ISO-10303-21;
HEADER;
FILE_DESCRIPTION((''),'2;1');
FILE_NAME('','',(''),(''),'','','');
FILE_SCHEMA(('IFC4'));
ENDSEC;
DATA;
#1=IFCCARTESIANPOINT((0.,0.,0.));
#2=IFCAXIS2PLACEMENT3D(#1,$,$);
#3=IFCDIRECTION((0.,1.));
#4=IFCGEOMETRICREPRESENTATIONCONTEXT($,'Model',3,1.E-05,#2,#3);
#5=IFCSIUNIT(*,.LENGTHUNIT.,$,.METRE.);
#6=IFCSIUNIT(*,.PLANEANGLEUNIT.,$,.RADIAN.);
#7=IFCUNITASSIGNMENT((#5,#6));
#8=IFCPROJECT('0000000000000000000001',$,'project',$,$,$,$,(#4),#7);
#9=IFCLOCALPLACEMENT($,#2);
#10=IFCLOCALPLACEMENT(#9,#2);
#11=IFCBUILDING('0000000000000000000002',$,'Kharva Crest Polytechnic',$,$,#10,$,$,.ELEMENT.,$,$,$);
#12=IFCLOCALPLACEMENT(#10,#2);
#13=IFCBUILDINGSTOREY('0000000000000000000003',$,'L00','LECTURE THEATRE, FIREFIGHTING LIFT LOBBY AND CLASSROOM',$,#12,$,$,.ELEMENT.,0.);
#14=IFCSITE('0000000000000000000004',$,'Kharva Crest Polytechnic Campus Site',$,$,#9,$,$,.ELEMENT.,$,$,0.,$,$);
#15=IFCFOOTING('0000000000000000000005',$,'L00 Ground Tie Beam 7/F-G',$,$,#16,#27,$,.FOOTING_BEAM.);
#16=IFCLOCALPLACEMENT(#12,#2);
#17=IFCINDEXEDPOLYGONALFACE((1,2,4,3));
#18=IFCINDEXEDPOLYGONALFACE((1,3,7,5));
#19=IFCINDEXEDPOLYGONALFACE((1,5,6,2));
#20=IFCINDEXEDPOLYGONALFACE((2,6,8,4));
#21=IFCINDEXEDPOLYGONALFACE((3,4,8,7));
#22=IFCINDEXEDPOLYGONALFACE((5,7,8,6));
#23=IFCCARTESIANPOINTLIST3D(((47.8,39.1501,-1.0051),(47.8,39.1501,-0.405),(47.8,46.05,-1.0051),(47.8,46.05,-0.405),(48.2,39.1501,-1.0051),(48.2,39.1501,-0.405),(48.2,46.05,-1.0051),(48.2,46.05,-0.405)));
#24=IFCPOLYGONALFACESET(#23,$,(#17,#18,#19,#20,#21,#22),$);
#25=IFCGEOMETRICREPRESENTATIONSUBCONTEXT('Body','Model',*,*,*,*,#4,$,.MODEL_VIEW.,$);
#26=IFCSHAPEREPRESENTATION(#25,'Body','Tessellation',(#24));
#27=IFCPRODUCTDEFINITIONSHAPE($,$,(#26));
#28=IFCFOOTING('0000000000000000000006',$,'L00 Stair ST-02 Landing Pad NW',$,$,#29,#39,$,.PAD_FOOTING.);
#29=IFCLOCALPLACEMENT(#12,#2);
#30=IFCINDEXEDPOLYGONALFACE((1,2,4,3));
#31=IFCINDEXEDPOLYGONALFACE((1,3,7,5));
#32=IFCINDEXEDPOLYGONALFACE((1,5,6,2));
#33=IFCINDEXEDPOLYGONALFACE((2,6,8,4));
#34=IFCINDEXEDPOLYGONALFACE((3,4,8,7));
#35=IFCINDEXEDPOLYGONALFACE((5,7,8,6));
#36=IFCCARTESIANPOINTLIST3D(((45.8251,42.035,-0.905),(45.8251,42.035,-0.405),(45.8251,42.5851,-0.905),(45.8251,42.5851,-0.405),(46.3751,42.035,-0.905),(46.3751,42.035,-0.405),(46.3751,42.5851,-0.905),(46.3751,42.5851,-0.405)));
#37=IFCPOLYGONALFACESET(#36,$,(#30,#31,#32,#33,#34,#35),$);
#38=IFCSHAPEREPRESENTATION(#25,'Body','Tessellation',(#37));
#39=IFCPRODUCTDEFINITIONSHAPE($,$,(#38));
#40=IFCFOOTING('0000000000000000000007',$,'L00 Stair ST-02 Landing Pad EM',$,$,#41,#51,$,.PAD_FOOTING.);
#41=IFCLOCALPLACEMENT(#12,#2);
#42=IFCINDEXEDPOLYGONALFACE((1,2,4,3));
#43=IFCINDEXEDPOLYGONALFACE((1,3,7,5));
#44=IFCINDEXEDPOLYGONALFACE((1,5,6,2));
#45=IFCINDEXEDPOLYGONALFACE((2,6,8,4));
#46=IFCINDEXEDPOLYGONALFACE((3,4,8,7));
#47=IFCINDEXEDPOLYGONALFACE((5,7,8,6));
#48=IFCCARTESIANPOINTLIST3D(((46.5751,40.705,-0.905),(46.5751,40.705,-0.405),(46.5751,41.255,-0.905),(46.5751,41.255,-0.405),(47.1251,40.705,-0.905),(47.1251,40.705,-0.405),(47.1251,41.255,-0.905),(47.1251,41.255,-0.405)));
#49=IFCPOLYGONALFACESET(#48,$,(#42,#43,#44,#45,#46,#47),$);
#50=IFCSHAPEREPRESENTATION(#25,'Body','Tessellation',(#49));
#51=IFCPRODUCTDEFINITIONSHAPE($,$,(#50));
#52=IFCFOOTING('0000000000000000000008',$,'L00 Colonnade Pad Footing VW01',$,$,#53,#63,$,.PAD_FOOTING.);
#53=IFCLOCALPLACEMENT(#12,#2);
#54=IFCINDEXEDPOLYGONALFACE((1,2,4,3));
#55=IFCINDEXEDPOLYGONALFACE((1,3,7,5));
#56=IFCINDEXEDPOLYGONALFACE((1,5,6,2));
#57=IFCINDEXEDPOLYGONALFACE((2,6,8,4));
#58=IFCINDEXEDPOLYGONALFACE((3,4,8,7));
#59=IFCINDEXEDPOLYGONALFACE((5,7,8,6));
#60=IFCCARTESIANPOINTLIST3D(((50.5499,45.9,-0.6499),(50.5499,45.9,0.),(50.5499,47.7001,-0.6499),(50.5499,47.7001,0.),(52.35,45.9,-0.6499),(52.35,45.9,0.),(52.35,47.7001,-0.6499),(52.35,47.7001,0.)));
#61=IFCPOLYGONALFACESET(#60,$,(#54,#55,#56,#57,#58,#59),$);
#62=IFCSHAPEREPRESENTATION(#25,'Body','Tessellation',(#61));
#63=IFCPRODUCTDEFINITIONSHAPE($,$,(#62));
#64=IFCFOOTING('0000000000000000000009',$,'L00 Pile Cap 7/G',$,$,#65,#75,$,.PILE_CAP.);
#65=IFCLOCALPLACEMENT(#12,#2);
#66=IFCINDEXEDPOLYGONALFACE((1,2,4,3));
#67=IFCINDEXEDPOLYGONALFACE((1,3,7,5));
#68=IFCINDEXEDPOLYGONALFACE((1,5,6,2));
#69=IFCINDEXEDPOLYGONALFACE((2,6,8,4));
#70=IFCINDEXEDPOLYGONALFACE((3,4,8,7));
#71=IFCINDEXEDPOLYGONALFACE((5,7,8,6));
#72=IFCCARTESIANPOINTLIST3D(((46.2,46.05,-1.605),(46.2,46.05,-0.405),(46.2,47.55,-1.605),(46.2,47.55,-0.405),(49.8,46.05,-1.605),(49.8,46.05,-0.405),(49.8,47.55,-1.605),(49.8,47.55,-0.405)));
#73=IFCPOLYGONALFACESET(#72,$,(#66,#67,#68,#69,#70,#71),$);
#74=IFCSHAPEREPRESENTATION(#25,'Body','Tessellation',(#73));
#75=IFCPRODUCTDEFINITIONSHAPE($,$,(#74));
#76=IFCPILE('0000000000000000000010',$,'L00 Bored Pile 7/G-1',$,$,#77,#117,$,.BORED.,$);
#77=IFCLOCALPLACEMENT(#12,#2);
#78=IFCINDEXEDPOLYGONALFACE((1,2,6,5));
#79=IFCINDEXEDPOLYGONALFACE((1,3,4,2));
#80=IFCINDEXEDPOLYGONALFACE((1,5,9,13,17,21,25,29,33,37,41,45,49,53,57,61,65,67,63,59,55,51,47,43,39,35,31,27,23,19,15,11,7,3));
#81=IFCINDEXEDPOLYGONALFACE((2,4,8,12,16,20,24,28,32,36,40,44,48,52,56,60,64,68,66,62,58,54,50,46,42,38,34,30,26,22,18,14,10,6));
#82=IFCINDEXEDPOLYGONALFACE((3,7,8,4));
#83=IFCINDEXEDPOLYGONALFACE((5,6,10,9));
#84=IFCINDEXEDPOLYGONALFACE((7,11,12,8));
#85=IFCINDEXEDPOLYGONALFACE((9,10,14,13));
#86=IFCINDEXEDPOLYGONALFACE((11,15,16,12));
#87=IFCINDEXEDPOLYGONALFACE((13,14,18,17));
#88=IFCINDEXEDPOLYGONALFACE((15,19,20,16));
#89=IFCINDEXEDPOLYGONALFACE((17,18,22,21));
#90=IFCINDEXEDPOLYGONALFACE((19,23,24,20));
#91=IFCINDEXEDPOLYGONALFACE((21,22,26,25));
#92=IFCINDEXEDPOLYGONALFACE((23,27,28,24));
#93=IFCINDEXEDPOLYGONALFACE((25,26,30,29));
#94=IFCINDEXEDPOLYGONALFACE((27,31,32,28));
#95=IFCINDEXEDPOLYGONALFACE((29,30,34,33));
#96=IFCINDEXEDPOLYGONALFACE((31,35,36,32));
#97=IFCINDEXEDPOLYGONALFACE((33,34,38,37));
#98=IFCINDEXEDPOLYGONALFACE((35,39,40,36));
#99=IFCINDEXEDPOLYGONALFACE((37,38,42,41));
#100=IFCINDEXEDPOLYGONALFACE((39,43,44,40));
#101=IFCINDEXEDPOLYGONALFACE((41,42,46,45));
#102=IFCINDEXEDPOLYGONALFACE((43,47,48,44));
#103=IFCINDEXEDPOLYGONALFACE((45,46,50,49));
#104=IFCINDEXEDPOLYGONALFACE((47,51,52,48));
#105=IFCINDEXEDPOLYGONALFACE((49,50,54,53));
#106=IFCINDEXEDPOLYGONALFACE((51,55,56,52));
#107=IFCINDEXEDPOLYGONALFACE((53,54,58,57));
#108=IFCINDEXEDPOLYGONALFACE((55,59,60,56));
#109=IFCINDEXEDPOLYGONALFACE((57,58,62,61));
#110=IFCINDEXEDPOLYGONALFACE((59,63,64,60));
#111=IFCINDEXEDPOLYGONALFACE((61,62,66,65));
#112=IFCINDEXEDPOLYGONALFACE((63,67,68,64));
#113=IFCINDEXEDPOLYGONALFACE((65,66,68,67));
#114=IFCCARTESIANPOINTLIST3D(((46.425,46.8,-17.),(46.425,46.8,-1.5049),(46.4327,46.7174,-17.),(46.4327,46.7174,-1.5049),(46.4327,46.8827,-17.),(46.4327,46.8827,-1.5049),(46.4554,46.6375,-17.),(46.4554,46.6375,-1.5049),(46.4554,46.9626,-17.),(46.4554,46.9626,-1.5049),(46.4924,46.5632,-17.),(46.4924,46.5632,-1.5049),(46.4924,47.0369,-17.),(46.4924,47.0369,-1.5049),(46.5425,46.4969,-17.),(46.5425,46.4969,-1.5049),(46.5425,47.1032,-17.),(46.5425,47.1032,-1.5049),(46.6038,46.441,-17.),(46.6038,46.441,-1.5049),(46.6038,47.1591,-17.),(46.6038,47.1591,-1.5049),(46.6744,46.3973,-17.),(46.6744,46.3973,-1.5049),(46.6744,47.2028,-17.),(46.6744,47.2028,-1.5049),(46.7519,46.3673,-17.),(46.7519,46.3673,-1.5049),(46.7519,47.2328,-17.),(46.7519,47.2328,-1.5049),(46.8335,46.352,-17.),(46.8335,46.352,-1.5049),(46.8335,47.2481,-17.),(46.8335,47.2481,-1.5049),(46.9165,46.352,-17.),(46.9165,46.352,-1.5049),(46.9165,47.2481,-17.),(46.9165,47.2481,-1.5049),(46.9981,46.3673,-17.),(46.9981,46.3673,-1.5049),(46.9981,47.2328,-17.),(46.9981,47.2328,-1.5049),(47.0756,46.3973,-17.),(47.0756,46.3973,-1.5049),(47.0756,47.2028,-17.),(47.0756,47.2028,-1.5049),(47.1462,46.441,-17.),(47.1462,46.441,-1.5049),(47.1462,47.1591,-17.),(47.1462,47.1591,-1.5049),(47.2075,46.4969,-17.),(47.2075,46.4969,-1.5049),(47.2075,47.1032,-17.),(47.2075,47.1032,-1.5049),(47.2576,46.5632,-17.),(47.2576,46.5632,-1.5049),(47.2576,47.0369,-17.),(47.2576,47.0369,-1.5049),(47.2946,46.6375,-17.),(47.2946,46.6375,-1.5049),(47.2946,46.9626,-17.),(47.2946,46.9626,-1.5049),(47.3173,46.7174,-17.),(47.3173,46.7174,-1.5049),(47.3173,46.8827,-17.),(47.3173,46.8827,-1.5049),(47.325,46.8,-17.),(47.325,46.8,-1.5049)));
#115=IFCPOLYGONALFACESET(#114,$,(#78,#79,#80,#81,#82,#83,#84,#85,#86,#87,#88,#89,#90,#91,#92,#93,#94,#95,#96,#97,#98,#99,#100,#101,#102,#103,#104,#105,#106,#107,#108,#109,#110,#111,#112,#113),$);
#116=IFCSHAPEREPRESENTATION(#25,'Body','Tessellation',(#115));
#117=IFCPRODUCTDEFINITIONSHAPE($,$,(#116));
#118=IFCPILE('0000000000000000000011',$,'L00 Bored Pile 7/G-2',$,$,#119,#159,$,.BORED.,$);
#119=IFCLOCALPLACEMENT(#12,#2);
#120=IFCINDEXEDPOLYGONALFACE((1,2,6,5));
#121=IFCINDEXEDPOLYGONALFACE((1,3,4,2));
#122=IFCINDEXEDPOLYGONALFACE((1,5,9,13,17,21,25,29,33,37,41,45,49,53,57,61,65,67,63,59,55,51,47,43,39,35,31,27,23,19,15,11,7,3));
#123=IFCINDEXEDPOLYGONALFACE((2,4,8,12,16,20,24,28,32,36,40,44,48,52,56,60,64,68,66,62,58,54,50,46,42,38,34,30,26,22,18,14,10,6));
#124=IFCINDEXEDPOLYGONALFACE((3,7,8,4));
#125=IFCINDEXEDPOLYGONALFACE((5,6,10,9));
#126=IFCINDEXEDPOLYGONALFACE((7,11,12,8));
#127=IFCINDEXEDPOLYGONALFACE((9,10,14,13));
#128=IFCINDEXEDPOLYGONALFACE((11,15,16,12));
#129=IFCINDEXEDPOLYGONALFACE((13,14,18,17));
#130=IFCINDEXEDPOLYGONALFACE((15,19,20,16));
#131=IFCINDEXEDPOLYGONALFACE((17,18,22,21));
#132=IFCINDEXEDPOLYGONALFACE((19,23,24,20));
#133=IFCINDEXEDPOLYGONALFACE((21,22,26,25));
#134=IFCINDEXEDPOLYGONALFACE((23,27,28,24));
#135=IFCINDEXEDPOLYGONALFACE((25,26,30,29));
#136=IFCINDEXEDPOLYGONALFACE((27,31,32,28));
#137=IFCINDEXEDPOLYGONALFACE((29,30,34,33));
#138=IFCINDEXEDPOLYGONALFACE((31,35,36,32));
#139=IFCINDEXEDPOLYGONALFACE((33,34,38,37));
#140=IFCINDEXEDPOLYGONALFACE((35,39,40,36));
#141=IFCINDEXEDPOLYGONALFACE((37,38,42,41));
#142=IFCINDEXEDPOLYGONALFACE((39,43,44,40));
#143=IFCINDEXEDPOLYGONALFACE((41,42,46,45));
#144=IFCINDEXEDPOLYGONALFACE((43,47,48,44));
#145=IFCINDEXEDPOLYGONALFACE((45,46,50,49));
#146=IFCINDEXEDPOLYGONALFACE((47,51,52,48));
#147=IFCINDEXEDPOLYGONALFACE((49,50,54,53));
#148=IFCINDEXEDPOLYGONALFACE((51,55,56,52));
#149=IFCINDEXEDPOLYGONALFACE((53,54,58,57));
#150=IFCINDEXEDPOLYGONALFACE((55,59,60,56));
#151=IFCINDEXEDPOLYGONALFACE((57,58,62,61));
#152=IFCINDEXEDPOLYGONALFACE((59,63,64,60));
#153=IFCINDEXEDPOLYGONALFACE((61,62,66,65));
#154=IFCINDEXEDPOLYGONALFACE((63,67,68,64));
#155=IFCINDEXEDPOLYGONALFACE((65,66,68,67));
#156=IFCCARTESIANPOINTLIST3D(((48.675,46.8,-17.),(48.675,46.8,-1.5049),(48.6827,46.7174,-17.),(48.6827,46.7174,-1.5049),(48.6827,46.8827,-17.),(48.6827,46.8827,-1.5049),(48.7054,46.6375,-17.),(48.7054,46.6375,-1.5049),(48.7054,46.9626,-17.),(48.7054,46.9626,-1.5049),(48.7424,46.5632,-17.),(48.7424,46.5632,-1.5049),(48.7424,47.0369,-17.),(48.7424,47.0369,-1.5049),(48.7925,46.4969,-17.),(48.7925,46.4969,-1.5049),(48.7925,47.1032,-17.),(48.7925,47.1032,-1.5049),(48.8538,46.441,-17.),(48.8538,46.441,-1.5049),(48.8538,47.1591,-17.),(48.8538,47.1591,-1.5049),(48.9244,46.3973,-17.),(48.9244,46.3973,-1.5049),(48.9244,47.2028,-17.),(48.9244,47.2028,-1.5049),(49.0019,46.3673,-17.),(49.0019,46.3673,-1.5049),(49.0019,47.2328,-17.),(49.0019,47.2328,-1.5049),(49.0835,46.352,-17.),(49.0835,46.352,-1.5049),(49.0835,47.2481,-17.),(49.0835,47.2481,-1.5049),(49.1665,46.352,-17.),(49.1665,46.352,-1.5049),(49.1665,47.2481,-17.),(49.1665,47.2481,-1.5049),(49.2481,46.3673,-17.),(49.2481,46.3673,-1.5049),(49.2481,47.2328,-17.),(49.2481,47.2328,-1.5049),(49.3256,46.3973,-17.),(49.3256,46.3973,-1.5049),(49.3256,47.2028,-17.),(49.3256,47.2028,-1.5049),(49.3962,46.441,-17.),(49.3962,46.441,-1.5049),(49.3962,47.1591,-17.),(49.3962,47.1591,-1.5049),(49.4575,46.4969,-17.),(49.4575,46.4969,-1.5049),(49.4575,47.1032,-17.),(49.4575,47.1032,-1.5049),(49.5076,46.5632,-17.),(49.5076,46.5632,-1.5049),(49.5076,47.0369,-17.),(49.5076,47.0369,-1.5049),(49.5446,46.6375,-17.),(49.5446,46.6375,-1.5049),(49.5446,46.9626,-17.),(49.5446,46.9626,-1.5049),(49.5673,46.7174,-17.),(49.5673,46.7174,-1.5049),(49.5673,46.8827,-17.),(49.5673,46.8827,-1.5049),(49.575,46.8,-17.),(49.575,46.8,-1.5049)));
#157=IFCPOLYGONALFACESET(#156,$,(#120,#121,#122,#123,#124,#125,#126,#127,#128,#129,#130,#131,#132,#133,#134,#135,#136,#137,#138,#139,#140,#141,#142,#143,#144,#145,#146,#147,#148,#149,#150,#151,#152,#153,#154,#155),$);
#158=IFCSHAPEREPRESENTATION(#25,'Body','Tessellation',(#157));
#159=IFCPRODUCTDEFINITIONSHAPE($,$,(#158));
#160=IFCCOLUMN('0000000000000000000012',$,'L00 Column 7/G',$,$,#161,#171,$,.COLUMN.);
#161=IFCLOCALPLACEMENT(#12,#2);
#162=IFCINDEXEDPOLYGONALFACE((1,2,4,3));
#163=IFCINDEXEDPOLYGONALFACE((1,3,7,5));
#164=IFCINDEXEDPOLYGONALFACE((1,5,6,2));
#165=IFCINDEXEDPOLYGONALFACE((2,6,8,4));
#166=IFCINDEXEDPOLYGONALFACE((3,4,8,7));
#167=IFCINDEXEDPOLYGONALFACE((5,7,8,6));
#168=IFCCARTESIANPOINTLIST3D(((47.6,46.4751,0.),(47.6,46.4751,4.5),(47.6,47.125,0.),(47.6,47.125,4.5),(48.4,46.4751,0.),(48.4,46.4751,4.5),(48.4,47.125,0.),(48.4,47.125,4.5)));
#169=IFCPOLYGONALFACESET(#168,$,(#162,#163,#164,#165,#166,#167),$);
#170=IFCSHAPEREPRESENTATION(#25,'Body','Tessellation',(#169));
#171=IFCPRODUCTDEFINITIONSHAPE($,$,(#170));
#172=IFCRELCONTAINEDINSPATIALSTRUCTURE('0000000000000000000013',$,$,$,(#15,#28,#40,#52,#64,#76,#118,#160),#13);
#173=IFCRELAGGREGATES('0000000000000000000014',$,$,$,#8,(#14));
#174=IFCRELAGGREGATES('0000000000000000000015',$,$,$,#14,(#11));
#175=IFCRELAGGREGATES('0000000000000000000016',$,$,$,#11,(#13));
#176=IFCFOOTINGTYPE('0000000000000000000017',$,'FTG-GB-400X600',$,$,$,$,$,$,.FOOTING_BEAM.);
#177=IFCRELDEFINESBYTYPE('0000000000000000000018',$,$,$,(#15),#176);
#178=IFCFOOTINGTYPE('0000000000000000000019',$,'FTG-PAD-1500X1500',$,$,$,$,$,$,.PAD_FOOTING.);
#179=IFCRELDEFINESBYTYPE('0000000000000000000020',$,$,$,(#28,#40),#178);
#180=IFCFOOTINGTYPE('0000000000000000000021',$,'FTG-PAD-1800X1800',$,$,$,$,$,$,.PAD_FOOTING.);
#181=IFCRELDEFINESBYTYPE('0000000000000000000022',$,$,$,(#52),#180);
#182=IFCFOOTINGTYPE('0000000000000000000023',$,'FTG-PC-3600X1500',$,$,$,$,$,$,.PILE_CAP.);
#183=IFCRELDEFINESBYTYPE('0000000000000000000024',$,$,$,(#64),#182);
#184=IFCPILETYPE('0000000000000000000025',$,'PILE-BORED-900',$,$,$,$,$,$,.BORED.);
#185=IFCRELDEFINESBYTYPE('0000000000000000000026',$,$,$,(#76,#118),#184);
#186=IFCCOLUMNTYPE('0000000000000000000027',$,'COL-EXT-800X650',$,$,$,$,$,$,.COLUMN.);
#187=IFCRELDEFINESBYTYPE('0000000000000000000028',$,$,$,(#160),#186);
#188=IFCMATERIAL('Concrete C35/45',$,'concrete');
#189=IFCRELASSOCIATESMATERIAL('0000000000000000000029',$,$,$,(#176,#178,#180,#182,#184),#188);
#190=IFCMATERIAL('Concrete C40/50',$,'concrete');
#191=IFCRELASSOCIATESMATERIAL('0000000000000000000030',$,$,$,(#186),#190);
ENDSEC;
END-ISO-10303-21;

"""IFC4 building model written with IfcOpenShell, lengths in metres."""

from ifc_helpers import new_model, si_unit, direction, frame, origin, origin_2d, place, context, subcontext, project, spatial, rectangle, circle, extrude, material, material_profile, profile_set, type_object, element, save


model = new_model("IFC4")

# Units and contexts
model_context = context("Model", 3, precision=1e-05, world=origin(), true_north=direction((0.0, 1.0)))
body_context = subcontext(model_context, "Body", "Model", "MODEL_VIEW")
ifc_project = project(units=[si_unit("LENGTHUNIT", "METRE"), si_unit("PLANEANGLEUNIT", "RADIAN")], contexts=[model_context])

# Site, building, storey
site_placement = place(None, origin())
site = spatial("IfcSite", under=ifc_project, at=site_placement, Name="Kharva Crest Polytechnic Campus Site", CompositionType="ELEMENT", RefElevation=0.0)
building_placement = place(site_placement, origin())
building = spatial("IfcBuilding", under=site, at=building_placement, Name="Kharva Crest Polytechnic", CompositionType="ELEMENT")
storey_placement = place(building_placement, origin())
storey = spatial("IfcBuildingStorey", under=building, at=storey_placement, Name="L00", Description="LECTURE THEATRE, FIREFIGHTING LIFT LOBBY AND CLASSROOM", CompositionType="ELEMENT", Elevation=0.0)

# Footings
ifc_material_1 = material(Name="Concrete C35/45", Category="concrete")
footing_type_1 = type_object("IfcFootingType", Name="FTG-GB-400X600", PredefinedType="FOOTING_BEAM", material=ifc_material_1)
footing_1_placement = place(storey_placement, frame((48.0, 42.6001, -1.0051), z_axis=(0.0, 0.0, 1.0), x_axis=(0.0, 1.0, 0.0)))
element("IfcFooting", 1, at=footing_1_placement, inside=storey, type_object=footing_type_1, Name="L00 Ground Tie Beam 7/F-G", PredefinedType="FOOTING_BEAM", context=body_context, shape_type="SweptSolid", body=[
    extrude(rectangle(XDim=6.8999, YDim=0.3999, at=origin_2d()), origin(), (0.0, 0.0, 1.0), 0.6001),
])
footing_type_2 = type_object("IfcFootingType", Name="FTG-PAD-1500X1500", PredefinedType="PAD_FOOTING", material=ifc_material_1)
for number, where, z_axis, x_axis, name in (
    (2, (46.1001, 42.3101, -0.905), (0.0, 0.0, 1.0), (1.0, 0.0, 0.0), "L00 Stair ST-02 Landing Pad NW"),
    (3, (46.8501, 40.98, -0.905), (0.0, 0.0, 1.0), (1.0, 0.0, 0.0), "L00 Stair ST-02 Landing Pad EM"),
):
    element("IfcFooting", number, at=place(storey_placement, frame(where, z_axis=z_axis, x_axis=x_axis)), inside=storey, type_object=footing_type_2, Name=name, PredefinedType="PAD_FOOTING", context=body_context, shape_type="SweptSolid", body=[
        extrude(rectangle(XDim=0.55, YDim=0.55, at=origin_2d()), origin(), (0.0, 0.0, 1.0), 0.5),
    ])
footing_type_3 = type_object("IfcFootingType", Name="FTG-PAD-1800X1800", PredefinedType="PAD_FOOTING", material=ifc_material_1)
footing_2_placement = place(storey_placement, frame((51.45, 46.8, -0.6499), z_axis=(0.0, 0.0, 1.0), x_axis=(1.0, 0.0, 0.0)))
element("IfcFooting", 4, at=footing_2_placement, inside=storey, type_object=footing_type_3, Name="L00 Colonnade Pad Footing VW01", PredefinedType="PAD_FOOTING", context=body_context, shape_type="SweptSolid", body=[
    extrude(rectangle(XDim=1.8, YDim=1.8, at=origin_2d()), origin(), (0.0, 0.0, 1.0), 0.6499),
])
footing_type_4 = type_object("IfcFootingType", Name="FTG-PC-3600X1500", PredefinedType="PILE_CAP", material=ifc_material_1)
footing_3_placement = place(storey_placement, frame((48.0, 46.8, -1.605), z_axis=(0.0, 0.0, 1.0), x_axis=(1.0, 0.0, 0.0)))
element("IfcFooting", 5, at=footing_3_placement, inside=storey, type_object=footing_type_4, Name="L00 Pile Cap 7/G", PredefinedType="PILE_CAP", context=body_context, shape_type="SweptSolid", body=[
    extrude(rectangle(XDim=3.6001, YDim=1.5, at=origin_2d()), origin(), (0.0, 0.0, 1.0), 1.2),
])

# Piles
ifc_material_profile_1 = material_profile(ifc_material_1, circle(Radius=0.45, at=origin_2d()), Name="DIA 900")
ifc_profile_set_1 = profile_set([ifc_material_profile_1], Name="Concrete C35/45")
pile_type = type_object("IfcPileType", Name="PILE-BORED-900", PredefinedType="BORED", material=ifc_profile_set_1)
for number, where, z_axis, x_axis, name in (
    (6, (46.875, 46.8, -1.5049), (0.0, 0.0, -1.0), (1.0, 0.0, 0.0), "L00 Bored Pile 7/G-1"),
    (7, (49.125, 46.8, -1.5049), (0.0, 0.0, -1.0), (1.0, 0.0, 0.0), "L00 Bored Pile 7/G-2"),
):
    element("IfcPile", number, at=place(storey_placement, frame(where, z_axis=z_axis, x_axis=x_axis)), inside=storey, type_object=pile_type, Name=name, PredefinedType="BORED", context=body_context, shape_type="SweptSolid", body=[
        extrude(circle(Radius=0.45, at=origin_2d()), origin(), (0.0, 0.0, 1.0), 15.4951),
    ])

# Column
ifc_material_2 = material(Name="Concrete C40/50", Category="concrete")
ifc_material_profile_2 = material_profile(ifc_material_2, rectangle(XDim=0.8, YDim=0.6499, at=origin_2d()), Name="RECT 800 X 650")
ifc_profile_set_2 = profile_set([ifc_material_profile_2], Name="Concrete C40/50")
column_type_1 = type_object("IfcColumnType", Name="COL-EXT-800X650", PredefinedType="COLUMN", material=ifc_profile_set_2)
column_1_placement = place(storey_placement, frame((48.0, 46.8, 0.0), z_axis=(0.0, 0.0, 1.0), x_axis=(1.0, 0.0, 0.0)))
element("IfcColumn", 8, at=column_1_placement, inside=storey, type_object=column_type_1, Name="L00 Column 7/G", PredefinedType="COLUMN", context=body_context, shape_type="SweptSolid", body=[
    extrude(rectangle(XDim=0.8, YDim=0.6499, at=origin_2d()), origin(), (0.0, 0.0, 1.0), 4.5),
])

save(model, "model.ifc")
